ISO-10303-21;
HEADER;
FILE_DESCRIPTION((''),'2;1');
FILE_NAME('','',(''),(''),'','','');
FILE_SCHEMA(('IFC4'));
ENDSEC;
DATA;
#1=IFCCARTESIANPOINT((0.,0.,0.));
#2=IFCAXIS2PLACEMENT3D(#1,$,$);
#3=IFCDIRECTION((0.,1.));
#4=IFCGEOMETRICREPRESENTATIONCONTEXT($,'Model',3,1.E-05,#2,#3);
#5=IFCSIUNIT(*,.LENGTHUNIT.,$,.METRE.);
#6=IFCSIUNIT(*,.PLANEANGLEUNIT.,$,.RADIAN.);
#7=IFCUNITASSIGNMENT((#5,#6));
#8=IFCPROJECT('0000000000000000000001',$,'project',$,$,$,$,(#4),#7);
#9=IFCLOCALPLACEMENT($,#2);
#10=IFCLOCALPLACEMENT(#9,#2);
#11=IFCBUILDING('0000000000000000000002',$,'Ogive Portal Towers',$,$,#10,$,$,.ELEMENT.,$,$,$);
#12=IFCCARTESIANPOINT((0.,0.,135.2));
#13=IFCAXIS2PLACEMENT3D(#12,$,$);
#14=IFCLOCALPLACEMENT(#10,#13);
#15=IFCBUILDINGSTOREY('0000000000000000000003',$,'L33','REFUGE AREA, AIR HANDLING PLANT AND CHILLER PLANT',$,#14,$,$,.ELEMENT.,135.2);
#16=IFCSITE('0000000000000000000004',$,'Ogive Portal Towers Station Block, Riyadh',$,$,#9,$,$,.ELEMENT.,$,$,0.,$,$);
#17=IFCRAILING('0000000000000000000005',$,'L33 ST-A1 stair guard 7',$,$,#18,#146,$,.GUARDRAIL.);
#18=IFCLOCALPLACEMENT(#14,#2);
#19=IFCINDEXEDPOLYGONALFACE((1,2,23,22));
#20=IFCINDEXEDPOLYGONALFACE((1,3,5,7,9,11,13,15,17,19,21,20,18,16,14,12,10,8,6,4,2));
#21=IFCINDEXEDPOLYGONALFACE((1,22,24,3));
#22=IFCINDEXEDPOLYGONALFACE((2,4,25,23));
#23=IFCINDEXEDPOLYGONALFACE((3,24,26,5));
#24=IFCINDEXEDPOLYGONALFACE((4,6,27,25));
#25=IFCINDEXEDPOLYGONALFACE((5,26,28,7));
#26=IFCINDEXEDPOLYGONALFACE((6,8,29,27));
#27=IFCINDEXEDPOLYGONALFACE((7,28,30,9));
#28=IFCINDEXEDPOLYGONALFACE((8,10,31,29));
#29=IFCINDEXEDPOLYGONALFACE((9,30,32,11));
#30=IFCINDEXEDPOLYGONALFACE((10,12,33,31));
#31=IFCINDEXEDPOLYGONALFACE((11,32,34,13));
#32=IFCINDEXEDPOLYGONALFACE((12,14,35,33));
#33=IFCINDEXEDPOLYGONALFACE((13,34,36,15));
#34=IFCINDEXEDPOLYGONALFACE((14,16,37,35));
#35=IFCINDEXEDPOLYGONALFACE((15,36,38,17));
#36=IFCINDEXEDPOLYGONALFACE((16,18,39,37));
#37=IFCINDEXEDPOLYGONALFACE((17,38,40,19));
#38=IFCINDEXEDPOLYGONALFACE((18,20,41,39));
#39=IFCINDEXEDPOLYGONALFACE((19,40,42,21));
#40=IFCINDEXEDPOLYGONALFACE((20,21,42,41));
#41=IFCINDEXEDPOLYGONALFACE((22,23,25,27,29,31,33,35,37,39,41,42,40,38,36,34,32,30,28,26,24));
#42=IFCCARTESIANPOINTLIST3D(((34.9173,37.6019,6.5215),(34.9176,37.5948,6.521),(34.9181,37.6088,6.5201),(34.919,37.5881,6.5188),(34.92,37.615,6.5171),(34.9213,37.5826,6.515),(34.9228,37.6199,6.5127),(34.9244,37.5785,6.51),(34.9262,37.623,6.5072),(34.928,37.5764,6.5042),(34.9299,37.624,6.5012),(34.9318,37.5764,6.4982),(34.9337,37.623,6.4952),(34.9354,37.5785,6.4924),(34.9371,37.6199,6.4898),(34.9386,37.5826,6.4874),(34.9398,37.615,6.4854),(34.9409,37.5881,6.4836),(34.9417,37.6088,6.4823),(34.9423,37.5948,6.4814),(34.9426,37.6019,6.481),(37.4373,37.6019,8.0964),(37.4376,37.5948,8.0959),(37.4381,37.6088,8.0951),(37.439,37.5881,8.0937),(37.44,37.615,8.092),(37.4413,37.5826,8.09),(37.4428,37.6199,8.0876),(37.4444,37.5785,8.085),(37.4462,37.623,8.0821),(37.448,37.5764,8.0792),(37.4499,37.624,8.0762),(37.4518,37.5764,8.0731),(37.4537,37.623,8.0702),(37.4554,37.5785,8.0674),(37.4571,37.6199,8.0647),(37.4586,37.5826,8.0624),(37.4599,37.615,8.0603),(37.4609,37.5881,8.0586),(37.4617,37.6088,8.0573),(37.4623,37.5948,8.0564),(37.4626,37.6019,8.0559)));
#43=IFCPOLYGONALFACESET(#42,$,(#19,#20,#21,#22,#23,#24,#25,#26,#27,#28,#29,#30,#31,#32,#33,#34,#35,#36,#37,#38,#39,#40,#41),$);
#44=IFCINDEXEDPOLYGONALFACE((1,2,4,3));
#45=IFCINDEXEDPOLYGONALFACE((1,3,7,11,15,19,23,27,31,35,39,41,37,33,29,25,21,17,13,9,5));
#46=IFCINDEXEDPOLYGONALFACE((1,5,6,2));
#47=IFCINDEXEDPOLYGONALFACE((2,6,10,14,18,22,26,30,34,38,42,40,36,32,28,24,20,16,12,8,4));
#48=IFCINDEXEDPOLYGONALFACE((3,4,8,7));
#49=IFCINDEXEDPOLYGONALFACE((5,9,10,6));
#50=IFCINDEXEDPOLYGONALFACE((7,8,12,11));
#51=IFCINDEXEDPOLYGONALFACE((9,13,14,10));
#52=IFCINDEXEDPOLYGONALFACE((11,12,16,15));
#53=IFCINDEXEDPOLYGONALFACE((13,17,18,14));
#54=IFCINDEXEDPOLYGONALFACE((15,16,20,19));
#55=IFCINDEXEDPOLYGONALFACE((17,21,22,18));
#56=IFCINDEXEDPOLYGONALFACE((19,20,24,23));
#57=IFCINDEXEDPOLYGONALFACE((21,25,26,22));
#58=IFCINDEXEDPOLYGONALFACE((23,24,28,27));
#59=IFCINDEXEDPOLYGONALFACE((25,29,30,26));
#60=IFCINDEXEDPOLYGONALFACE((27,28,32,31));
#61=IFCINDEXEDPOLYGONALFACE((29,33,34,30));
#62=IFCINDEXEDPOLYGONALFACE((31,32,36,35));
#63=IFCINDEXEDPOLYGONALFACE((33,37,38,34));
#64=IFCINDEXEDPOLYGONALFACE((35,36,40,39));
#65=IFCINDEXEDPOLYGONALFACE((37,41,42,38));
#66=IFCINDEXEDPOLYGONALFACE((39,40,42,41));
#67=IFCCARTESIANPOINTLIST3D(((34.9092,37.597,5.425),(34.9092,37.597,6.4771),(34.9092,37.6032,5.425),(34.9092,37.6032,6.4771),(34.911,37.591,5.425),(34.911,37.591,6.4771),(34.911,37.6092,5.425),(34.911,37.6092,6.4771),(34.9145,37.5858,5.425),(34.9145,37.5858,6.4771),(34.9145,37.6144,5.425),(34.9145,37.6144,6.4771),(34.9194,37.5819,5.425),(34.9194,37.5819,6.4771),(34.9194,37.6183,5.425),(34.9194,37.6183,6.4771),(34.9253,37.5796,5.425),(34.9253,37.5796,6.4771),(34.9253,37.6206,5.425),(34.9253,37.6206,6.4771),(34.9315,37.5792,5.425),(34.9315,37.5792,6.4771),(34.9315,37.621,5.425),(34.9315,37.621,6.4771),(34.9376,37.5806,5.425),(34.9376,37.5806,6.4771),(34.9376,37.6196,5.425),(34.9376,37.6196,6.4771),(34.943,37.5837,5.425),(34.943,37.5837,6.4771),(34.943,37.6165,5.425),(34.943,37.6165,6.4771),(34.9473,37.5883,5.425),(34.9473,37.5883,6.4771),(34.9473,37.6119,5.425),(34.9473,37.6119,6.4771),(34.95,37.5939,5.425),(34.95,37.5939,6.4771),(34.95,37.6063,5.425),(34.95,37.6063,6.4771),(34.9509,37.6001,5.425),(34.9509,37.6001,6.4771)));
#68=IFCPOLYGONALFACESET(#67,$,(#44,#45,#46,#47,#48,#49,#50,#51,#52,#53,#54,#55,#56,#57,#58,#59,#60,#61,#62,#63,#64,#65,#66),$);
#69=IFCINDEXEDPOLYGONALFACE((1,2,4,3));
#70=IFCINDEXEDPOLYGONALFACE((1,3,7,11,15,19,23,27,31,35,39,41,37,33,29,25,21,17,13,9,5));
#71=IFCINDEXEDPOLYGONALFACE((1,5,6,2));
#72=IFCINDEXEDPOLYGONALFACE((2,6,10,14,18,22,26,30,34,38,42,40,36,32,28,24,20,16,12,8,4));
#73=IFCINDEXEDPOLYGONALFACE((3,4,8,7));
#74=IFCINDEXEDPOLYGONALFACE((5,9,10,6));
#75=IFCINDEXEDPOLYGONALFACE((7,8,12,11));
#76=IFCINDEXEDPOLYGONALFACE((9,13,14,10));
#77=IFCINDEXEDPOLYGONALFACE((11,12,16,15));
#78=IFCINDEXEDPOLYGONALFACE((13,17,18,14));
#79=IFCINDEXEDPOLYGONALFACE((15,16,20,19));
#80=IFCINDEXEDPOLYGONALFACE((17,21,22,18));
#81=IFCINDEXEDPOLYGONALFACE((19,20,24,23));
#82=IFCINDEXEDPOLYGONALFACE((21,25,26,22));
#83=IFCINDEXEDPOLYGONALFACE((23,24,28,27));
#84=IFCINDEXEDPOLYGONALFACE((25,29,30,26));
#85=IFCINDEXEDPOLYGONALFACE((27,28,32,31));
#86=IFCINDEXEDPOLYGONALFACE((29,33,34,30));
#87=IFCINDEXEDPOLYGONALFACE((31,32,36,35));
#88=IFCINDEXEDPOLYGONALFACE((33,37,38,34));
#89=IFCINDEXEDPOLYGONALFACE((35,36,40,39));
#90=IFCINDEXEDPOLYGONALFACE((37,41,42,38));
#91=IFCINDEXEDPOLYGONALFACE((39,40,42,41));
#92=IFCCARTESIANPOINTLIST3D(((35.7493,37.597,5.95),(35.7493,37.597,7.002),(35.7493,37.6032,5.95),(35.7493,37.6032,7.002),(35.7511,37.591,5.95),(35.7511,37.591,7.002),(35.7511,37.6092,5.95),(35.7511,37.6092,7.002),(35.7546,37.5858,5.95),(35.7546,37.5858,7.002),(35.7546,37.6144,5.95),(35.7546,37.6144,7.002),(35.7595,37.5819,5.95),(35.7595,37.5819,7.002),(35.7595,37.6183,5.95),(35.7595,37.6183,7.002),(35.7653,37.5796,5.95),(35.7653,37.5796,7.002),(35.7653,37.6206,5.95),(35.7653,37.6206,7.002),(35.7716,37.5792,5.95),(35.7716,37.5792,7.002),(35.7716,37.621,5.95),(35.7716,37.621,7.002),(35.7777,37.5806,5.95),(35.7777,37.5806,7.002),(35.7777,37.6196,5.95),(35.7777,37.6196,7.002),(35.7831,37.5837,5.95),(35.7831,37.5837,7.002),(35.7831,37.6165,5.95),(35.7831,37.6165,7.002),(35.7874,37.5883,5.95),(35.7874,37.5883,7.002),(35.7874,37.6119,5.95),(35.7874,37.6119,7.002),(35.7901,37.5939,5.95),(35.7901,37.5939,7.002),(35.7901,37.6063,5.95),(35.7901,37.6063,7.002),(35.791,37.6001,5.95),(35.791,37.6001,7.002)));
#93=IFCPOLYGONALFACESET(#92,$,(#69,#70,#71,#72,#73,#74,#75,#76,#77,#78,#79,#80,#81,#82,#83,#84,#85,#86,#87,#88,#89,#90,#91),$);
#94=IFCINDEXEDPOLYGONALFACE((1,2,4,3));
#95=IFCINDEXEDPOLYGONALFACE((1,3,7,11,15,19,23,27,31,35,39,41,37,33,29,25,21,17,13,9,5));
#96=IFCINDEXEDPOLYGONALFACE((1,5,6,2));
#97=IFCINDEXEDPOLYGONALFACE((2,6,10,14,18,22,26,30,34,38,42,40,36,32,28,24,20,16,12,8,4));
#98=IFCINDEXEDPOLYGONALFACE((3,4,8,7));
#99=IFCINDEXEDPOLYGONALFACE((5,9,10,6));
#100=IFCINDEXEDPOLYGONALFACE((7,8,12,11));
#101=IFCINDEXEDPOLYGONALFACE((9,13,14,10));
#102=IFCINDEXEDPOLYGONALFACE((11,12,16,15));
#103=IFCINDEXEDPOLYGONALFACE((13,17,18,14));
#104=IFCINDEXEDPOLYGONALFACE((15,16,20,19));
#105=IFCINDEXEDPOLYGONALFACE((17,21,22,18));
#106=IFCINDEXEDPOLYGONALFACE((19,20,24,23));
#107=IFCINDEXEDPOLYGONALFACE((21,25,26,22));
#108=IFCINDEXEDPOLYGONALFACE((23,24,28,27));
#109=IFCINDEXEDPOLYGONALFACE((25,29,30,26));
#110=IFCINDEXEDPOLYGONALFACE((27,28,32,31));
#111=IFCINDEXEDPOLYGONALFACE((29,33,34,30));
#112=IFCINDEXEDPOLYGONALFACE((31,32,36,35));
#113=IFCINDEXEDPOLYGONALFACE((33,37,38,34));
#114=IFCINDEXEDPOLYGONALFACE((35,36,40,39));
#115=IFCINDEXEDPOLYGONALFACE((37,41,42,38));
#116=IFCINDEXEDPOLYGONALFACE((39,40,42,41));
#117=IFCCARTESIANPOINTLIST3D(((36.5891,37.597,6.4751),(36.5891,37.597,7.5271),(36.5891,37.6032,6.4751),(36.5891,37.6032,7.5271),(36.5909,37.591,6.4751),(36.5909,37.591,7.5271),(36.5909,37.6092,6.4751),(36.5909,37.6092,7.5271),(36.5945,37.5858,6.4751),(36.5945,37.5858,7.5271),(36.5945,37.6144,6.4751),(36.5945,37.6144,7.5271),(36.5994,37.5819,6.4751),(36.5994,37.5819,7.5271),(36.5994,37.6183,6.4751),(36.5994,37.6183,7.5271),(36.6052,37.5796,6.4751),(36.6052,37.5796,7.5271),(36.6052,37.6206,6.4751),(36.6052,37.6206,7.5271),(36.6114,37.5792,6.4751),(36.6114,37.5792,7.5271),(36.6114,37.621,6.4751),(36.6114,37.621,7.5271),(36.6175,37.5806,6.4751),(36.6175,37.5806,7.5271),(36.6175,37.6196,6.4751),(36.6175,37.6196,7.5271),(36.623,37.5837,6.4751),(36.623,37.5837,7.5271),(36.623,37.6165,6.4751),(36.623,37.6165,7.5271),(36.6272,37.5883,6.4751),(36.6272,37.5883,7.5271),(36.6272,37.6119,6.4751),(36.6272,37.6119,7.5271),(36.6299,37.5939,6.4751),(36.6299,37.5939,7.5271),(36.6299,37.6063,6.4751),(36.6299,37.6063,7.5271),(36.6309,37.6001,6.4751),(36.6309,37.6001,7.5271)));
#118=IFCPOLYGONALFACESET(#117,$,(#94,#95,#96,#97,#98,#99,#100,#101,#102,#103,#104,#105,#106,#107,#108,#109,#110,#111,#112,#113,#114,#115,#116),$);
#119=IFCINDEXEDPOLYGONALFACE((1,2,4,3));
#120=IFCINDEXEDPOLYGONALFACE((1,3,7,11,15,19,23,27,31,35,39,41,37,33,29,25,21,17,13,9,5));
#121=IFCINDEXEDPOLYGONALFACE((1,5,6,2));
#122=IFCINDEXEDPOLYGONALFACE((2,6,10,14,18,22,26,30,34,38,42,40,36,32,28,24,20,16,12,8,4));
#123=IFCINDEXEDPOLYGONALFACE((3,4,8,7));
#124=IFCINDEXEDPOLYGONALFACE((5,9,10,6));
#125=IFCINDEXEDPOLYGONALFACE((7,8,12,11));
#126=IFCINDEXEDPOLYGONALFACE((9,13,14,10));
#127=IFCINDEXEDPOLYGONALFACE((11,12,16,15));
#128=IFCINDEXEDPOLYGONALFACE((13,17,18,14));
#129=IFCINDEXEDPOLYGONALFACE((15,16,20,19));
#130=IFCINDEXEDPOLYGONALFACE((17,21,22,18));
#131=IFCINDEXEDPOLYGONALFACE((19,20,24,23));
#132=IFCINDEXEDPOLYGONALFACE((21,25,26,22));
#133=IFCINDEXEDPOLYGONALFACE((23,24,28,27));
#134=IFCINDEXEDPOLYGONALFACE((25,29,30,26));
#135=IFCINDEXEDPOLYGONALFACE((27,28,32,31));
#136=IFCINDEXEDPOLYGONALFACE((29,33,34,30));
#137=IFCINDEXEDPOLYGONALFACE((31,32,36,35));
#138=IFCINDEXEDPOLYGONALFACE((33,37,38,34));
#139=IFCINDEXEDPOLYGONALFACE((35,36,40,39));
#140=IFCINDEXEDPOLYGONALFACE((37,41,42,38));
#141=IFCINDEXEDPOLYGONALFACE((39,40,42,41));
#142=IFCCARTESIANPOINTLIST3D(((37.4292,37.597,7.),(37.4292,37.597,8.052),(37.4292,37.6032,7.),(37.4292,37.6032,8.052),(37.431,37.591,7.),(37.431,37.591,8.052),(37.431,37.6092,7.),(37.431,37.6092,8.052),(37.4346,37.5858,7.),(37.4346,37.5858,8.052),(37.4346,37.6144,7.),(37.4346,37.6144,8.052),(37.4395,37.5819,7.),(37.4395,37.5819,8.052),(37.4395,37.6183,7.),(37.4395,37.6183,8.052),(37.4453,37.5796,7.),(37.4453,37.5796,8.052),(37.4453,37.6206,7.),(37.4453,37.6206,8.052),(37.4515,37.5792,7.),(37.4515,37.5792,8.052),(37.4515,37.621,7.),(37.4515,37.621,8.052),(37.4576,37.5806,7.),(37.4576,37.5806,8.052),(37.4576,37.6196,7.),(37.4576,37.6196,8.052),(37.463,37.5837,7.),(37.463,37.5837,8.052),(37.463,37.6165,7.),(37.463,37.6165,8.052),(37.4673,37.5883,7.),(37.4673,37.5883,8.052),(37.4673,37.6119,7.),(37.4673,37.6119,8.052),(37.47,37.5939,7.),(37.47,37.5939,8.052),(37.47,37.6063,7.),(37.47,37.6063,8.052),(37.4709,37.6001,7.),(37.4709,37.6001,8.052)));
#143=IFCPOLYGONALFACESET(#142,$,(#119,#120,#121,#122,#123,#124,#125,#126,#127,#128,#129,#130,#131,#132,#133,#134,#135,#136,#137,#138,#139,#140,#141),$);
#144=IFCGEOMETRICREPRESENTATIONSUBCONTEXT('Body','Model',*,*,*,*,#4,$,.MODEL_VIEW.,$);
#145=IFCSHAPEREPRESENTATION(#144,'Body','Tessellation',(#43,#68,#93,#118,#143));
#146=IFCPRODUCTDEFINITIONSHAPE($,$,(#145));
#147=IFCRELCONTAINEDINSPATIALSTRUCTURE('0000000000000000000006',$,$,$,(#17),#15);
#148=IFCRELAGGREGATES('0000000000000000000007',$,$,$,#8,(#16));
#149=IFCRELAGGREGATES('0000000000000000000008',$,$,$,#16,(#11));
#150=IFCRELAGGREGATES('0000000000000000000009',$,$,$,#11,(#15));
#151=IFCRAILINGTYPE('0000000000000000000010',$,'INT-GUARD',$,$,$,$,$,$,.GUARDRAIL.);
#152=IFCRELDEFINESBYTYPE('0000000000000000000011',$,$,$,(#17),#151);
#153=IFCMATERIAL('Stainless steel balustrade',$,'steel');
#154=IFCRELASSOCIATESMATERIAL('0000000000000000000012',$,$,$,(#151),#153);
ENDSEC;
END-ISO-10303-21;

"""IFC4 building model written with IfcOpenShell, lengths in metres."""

from ifc_helpers import new_model, si_unit, direction, frame, origin, origin_2d, place, context, subcontext, project, spatial, circle, extrude, material, type_object, element, save


model = new_model("IFC4")

# Units and contexts
model_context = context("Model", 3, precision=1e-05, world=origin(), true_north=direction((0.0, 1.0)))
body_context = subcontext(model_context, "Body", "Model", "MODEL_VIEW")
ifc_project = project(units=[si_unit("LENGTHUNIT", "METRE"), si_unit("PLANEANGLEUNIT", "RADIAN")], contexts=[model_context])

# Site, building, storey
site_placement = place(None, origin())
site = spatial("IfcSite", under=ifc_project, at=site_placement, Name="Ogive Portal Towers Station Block, Riyadh", CompositionType="ELEMENT", RefElevation=0.0)
building_placement = place(site_placement, origin())
building = spatial("IfcBuilding", under=site, at=building_placement, Name="Ogive Portal Towers", CompositionType="ELEMENT")
storey_placement = place(building_placement, frame((0.0, 0.0, 135.2)))
storey = spatial("IfcBuildingStorey", under=building, at=storey_placement, Name="L33", Description="REFUGE AREA, AIR HANDLING PLANT AND CHILLER PLANT", CompositionType="ELEMENT", Elevation=135.2)

# Railing
ifc_material_1 = material(Name="Stainless steel balustrade", Category="steel")
railing_type_1 = type_object("IfcRailingType", Name="INT-GUARD", PredefinedType="GUARDRAIL", material=ifc_material_1)
railing_1_placement = place(storey_placement, frame((34.9299, 37.6001, 5.425)))
element("IfcRailing", 1, at=railing_1_placement, inside=storey, type_object=railing_type_1, Name="L33 ST-A1 stair guard 7", PredefinedType="GUARDRAIL", context=body_context, shape_type="SweptSolid", body=[
    extrude(circle(Radius=0.0239, at=origin_2d()), frame((0.0, 0.0, 1.0762), z_axis=(0.848008, 0.0, 0.529984), x_axis=(0.0, 1.0, 0.0)), (0.0, 0.0, 1.0), 2.9717),
    extrude(circle(Radius=0.021, at=origin_2d()), origin(), (0.0, 0.0, 1.0), 1.052),
    extrude(circle(Radius=0.021, at=origin_2d()), frame((0.8401, 0.0, 0.5249)), (0.0, 0.0, 1.0), 1.052),
    extrude(circle(Radius=0.021, at=origin_2d()), frame((1.6799, 0.0, 1.05)), (0.0, 0.0, 1.0), 1.052),
    extrude(circle(Radius=0.021, at=origin_2d()), frame((2.52, 0.0, 1.575)), (0.0, 0.0, 1.0), 1.052),
])

save(model, "model.ifc")
